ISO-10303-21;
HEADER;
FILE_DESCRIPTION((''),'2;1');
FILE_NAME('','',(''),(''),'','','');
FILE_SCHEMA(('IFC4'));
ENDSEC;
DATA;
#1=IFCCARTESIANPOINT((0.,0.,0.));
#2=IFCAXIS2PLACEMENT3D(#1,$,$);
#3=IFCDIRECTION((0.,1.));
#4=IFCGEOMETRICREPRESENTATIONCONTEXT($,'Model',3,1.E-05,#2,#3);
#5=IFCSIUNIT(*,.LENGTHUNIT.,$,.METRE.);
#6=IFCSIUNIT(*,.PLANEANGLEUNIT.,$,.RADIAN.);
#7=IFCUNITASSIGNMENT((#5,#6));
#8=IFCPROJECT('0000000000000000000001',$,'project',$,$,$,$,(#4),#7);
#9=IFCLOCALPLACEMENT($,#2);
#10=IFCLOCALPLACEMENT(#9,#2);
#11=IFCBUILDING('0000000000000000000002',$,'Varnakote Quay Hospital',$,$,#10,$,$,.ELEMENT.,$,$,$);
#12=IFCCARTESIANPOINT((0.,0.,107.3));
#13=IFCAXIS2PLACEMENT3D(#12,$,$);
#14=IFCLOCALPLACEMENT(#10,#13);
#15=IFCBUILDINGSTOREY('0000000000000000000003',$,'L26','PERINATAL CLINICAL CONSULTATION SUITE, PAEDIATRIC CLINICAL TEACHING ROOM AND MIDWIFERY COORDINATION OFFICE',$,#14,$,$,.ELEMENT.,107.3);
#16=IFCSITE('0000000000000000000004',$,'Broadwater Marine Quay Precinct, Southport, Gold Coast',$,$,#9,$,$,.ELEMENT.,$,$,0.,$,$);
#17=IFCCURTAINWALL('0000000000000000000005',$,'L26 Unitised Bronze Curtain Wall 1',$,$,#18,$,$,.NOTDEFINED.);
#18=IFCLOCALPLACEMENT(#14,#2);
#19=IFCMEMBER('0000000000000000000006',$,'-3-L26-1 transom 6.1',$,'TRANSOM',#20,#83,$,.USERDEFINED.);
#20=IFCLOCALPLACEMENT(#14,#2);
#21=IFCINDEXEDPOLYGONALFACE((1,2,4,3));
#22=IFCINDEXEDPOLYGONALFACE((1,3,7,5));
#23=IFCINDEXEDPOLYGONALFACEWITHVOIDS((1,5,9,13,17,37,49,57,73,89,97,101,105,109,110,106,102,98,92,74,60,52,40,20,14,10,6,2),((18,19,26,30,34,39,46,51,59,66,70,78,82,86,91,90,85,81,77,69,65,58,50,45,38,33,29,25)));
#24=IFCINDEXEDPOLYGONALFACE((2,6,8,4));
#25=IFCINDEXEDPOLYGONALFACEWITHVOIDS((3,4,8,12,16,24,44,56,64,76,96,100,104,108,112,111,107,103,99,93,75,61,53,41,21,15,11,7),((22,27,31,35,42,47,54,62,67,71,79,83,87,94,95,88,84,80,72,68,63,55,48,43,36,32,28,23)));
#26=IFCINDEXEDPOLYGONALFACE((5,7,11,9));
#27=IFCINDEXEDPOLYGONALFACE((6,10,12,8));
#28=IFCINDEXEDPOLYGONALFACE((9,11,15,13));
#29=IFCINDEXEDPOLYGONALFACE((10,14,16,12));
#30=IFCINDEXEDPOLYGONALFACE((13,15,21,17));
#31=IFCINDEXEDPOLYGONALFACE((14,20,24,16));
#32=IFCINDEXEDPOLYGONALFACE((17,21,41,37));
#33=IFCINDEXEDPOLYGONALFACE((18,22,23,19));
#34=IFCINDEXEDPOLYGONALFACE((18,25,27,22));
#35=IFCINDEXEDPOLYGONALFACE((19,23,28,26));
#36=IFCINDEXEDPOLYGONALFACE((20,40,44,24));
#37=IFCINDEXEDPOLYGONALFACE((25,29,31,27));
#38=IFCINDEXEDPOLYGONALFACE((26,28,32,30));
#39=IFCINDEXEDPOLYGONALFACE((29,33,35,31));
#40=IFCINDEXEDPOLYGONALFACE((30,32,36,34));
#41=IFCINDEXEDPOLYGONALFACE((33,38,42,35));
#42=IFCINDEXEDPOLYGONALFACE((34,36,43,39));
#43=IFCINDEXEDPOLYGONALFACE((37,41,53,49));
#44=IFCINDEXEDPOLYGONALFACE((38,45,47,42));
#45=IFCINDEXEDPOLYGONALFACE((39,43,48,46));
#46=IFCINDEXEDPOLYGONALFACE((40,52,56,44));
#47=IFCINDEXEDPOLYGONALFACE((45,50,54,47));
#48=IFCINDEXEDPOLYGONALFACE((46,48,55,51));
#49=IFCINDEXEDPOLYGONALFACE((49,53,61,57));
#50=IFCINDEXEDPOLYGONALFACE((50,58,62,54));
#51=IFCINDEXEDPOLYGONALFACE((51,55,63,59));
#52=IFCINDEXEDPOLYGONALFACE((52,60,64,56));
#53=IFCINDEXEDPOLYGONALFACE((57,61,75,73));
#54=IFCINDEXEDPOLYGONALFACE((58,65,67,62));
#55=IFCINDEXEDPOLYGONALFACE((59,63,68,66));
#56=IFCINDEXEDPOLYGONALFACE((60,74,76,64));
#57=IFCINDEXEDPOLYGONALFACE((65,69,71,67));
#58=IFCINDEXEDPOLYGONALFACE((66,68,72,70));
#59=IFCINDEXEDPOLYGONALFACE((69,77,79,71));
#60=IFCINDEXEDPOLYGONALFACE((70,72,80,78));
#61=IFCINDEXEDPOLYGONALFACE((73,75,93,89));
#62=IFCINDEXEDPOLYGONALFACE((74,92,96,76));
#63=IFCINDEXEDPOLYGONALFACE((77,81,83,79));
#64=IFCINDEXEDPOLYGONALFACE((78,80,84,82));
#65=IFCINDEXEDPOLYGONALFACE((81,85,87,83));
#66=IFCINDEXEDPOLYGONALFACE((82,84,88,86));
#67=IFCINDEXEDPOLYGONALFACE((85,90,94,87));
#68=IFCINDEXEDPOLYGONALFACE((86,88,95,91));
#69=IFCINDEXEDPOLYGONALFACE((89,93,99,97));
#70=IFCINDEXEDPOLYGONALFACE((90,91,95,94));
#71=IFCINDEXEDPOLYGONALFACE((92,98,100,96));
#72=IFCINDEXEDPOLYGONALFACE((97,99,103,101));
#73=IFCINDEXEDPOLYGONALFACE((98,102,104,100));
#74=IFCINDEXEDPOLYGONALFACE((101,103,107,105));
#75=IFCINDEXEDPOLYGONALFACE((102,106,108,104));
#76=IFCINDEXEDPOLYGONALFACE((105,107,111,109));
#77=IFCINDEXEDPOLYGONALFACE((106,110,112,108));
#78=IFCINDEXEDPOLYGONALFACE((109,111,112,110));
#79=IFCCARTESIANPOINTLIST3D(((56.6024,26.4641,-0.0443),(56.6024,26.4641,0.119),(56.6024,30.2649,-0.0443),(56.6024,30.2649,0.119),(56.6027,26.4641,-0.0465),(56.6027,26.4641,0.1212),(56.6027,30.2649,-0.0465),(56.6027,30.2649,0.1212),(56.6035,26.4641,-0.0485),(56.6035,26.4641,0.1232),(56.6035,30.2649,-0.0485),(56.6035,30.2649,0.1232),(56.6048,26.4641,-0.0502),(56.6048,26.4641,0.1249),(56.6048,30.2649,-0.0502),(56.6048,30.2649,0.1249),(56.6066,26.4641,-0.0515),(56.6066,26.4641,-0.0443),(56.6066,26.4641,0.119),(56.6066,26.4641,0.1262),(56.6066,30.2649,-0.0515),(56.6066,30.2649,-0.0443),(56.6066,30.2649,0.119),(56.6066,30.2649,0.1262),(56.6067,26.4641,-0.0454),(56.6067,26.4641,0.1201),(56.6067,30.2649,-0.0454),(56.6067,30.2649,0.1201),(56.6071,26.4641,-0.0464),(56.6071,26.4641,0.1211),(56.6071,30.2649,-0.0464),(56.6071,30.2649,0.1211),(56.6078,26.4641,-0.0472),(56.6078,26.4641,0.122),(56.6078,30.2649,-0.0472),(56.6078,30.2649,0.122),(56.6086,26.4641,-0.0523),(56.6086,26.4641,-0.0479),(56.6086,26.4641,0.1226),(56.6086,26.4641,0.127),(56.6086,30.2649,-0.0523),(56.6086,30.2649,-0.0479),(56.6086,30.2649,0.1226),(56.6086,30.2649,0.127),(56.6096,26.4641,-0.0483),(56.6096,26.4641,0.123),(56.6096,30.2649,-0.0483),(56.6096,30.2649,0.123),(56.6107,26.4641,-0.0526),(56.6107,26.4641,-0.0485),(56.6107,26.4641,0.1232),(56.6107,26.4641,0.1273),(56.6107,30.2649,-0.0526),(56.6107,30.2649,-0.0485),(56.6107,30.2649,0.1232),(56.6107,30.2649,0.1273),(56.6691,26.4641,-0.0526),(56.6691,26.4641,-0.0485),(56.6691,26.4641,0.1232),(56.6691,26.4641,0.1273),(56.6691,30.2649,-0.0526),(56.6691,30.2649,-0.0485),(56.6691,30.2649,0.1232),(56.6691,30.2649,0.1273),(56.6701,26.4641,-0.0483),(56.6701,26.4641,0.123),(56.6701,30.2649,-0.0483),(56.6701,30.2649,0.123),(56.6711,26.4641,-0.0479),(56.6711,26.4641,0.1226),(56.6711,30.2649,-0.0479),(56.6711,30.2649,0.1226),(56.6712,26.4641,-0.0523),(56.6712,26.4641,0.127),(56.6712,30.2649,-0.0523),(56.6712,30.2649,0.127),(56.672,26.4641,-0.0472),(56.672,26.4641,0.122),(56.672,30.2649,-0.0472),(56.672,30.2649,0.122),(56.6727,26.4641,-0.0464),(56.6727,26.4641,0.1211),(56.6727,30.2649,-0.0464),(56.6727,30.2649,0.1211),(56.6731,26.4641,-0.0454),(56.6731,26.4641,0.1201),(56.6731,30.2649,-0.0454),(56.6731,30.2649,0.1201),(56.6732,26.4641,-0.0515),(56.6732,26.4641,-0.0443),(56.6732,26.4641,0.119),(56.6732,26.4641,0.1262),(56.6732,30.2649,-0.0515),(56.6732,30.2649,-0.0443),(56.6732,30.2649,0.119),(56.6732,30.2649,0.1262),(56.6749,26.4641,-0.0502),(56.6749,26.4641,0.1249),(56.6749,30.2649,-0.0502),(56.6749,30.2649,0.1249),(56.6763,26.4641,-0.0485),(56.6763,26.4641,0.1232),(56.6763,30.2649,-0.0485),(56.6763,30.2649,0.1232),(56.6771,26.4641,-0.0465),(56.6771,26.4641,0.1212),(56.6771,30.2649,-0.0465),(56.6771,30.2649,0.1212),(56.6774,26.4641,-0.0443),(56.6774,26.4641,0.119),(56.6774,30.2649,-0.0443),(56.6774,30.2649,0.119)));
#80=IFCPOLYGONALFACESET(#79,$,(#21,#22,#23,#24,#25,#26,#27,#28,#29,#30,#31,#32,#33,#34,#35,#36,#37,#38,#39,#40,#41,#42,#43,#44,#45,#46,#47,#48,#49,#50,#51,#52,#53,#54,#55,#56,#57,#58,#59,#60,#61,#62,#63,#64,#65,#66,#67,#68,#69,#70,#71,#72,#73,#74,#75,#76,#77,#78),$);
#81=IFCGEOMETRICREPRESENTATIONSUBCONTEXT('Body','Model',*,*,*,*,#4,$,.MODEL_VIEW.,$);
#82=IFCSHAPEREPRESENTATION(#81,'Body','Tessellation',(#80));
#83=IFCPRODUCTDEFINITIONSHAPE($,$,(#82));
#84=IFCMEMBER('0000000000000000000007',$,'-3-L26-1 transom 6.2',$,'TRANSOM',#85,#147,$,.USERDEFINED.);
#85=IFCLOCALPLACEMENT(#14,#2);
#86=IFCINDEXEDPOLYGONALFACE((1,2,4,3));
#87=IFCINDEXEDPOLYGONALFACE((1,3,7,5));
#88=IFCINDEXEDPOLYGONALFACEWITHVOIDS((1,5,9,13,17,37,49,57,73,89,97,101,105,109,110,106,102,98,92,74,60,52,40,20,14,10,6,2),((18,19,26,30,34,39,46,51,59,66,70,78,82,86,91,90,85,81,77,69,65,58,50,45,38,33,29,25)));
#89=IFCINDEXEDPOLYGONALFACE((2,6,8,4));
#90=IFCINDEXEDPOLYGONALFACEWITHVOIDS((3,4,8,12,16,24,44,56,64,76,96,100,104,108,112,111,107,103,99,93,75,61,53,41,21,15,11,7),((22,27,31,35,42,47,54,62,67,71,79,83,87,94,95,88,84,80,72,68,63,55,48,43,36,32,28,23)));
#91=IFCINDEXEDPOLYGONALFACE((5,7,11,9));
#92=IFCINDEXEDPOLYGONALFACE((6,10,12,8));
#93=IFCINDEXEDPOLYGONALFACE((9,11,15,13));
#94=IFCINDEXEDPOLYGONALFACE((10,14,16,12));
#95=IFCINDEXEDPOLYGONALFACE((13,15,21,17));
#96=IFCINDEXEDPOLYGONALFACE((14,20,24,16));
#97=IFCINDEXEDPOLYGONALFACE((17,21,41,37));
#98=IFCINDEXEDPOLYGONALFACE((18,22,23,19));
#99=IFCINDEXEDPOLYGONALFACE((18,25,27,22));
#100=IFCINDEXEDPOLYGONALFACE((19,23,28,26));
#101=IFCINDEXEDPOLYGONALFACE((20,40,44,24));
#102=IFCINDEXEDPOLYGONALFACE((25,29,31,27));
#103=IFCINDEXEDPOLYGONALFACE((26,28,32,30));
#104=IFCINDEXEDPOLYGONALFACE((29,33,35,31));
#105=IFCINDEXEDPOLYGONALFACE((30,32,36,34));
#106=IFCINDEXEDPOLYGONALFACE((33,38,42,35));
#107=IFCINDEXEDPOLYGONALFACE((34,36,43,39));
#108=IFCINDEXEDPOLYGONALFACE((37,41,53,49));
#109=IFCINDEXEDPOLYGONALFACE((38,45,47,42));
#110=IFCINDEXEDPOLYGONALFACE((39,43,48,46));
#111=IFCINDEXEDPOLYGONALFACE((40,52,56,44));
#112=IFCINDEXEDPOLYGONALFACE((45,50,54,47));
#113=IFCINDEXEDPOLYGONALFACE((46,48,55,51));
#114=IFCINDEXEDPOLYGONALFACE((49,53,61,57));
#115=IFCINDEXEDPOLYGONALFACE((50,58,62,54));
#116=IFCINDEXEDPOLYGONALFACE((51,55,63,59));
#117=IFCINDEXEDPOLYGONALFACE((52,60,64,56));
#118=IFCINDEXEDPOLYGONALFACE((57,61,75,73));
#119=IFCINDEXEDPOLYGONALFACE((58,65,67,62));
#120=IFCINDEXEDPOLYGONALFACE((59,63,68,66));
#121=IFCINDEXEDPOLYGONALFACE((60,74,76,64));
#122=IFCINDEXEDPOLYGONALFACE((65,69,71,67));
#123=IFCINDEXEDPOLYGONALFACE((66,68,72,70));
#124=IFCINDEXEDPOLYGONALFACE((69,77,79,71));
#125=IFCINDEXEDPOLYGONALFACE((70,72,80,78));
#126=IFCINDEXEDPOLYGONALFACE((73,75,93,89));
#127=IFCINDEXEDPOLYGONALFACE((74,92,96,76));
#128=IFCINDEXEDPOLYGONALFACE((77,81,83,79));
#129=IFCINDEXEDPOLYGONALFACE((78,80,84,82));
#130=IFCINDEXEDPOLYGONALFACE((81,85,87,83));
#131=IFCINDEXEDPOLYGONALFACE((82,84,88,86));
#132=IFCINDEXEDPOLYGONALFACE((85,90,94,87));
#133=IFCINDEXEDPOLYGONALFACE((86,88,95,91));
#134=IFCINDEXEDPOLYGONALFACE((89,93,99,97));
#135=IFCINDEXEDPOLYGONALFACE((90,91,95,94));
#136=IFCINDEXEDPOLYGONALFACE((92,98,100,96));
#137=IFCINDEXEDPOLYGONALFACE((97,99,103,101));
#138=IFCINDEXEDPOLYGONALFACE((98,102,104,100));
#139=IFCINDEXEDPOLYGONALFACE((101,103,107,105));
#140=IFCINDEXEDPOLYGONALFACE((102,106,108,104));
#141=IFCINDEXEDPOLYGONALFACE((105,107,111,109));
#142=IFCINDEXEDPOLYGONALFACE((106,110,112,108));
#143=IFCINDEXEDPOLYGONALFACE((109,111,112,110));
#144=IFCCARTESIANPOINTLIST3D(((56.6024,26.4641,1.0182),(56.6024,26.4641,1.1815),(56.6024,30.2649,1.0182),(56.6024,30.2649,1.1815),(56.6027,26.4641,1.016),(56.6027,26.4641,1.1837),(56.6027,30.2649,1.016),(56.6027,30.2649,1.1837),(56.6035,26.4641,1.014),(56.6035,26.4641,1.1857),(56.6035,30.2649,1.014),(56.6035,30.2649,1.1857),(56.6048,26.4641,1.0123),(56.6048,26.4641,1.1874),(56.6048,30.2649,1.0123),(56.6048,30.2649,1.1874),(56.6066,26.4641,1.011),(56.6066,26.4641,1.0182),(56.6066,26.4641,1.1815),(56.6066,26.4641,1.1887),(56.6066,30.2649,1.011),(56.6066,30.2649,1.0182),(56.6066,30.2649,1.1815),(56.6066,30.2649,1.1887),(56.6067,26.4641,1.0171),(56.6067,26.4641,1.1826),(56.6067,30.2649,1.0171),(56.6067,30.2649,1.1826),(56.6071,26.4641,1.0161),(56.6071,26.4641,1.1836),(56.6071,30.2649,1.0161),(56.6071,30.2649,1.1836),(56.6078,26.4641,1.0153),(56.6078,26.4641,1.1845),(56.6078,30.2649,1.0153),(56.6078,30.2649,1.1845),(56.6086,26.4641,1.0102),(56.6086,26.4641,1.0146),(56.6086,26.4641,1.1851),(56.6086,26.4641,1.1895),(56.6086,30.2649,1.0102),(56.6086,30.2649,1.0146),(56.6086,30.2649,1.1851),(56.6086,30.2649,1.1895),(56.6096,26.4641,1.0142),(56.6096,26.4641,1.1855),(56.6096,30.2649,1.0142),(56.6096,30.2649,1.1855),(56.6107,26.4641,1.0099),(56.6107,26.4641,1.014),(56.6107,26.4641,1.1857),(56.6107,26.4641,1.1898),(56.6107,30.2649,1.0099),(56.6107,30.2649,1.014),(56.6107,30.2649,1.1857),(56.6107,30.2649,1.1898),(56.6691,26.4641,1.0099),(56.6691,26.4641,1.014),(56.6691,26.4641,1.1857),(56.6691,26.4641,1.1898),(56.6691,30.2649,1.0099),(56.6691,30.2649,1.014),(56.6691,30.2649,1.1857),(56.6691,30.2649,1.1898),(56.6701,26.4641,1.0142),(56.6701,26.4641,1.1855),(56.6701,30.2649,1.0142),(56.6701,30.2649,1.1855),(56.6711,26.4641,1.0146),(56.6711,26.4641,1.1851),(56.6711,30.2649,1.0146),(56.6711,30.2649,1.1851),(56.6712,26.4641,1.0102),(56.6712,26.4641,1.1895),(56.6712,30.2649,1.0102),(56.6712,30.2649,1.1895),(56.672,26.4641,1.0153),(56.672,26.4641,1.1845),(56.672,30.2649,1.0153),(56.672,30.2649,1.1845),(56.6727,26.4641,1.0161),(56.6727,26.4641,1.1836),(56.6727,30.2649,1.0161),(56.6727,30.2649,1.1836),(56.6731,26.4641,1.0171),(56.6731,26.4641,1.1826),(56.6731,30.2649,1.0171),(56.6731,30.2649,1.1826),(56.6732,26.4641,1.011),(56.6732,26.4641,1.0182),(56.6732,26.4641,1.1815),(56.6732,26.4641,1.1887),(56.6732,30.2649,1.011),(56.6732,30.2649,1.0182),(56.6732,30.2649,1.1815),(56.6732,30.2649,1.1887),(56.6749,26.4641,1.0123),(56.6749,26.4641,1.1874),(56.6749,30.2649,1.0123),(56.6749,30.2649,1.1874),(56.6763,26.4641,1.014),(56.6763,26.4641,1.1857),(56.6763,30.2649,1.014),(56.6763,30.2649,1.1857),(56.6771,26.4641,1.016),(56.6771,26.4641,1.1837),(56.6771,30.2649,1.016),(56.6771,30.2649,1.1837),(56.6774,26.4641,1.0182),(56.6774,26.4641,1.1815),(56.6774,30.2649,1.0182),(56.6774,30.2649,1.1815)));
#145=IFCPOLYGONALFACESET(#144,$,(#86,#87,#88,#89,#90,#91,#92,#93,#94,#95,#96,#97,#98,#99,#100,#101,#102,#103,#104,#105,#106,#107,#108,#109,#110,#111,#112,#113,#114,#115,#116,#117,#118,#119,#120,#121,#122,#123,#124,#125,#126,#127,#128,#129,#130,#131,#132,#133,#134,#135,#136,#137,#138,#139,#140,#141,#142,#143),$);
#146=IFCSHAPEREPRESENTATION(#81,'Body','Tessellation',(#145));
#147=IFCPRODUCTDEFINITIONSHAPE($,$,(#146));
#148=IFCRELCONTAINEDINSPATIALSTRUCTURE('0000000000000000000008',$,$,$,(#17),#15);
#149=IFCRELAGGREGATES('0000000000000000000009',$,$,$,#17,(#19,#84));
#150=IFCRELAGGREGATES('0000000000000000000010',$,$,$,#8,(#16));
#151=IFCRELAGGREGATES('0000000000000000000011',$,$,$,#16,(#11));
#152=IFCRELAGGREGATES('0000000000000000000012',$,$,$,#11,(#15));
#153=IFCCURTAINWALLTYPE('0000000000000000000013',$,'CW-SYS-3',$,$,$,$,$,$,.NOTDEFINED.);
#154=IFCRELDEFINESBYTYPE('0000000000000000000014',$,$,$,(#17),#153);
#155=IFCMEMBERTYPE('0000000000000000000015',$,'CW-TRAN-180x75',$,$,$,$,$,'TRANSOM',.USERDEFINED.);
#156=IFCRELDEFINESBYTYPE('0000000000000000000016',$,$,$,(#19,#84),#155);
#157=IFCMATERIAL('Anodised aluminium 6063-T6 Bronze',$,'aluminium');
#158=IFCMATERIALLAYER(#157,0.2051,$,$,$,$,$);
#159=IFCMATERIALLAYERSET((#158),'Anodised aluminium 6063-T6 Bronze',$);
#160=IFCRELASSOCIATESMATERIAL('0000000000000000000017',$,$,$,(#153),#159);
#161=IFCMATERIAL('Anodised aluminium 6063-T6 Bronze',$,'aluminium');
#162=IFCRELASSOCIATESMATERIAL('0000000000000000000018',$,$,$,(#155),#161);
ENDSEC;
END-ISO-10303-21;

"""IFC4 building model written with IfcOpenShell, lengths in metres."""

from ifc_helpers import new_model, si_unit, direction, frame, origin, origin_2d, place, context, subcontext, project, spatial, hollow_rectangle, extrude, material, layer, layer_set, material_profile, profile_set, type_object, element, aggregate, save


model = new_model("IFC4")

# Units and contexts
model_context = context("Model", 3, precision=1e-05, world=origin(), true_north=direction((0.0, 1.0)))
body_context = subcontext(model_context, "Body", "Model", "MODEL_VIEW")
ifc_project = project(units=[si_unit("LENGTHUNIT", "METRE"), si_unit("PLANEANGLEUNIT", "RADIAN")], contexts=[model_context])

# Site, building, storey
site_placement = place(None, origin())
site = spatial("IfcSite", under=ifc_project, at=site_placement, Name="Broadwater Marine Quay Precinct, Southport, Gold Coast", CompositionType="ELEMENT", RefElevation=0.0)
building_placement = place(site_placement, origin())
building = spatial("IfcBuilding", under=site, at=building_placement, Name="Varnakote Quay Hospital", CompositionType="ELEMENT")
storey_placement = place(building_placement, frame((0.0, 0.0, 107.3)))
storey = spatial("IfcBuildingStorey", under=building, at=storey_placement, Name="L26", Description="PERINATAL CLINICAL CONSULTATION SUITE, PAEDIATRIC CLINICAL TEACHING ROOM AND MIDWIFERY COORDINATION OFFICE", CompositionType="ELEMENT", Elevation=107.3)

# Curtain wall, members
ifc_material_1 = material(Name="Anodised aluminium 6063-T6 Bronze", Category="aluminium")
ifc_layer_1 = layer(ifc_material_1, 0.2051)
ifc_layer_set_1 = layer_set([ifc_layer_1], Name="Anodised aluminium 6063-T6 Bronze")
curtain_wall_type = type_object("IfcCurtainWallType", Name="CW-SYS-3", PredefinedType="NOTDEFINED", material=ifc_layer_set_1)
curtain_wall_placement = place(storey_placement, origin())
curtain_wall = element("IfcCurtainWall", 1, at=curtain_wall_placement, inside=storey, type_object=curtain_wall_type, Name="L26 Unitised Bronze Curtain Wall 1", PredefinedType="NOTDEFINED")
ifc_material_2 = material(Name="Anodised aluminium 6063-T6 Bronze", Category="aluminium")
ifc_material_profile_1 = material_profile(ifc_material_2, hollow_rectangle(XDim=0.075, YDim=0.1799, WallThickness=0.0042, InnerFilletRadius=0.0042, OuterFilletRadius=0.0083, at=origin_2d()), Name="CW-TRAN-180x75")
ifc_profile_set_1 = profile_set([ifc_material_profile_1], Name="Anodised aluminium 6063-T6 Bronze")
member_type_1 = type_object("IfcMemberType", Name="CW-TRAN-180x75", ElementType="TRANSOM", PredefinedType="USERDEFINED", material=ifc_profile_set_1)
member_1_placement = place(storey_placement, frame((56.6399, 26.4641, 0.0374), z_axis=(0.0, 1.0, 0.0), x_axis=(-1.0, 0.0, 0.0)))
member_1 = element("IfcMember", 2, at=member_1_placement, type_object=member_type_1, Name="-3-L26-1 transom 6.1", ObjectType="TRANSOM", PredefinedType="USERDEFINED", context=body_context, shape_type="SweptSolid", body=[
    extrude(hollow_rectangle(XDim=0.075, YDim=0.1799, WallThickness=0.0042, InnerFilletRadius=0.0042, OuterFilletRadius=0.0083, at=origin_2d()), origin(), (0.0, 0.0, 1.0), 3.8008),
])
member_2_placement = place(storey_placement, frame((56.6399, 26.4641, 1.0999), z_axis=(0.0, 1.0, 0.0), x_axis=(-1.0, 0.0, 0.0)))
member_2 = element("IfcMember", 3, at=member_2_placement, type_object=member_type_1, Name="-3-L26-1 transom 6.2", ObjectType="TRANSOM", PredefinedType="USERDEFINED", context=body_context, shape_type="SweptSolid", body=[
    extrude(hollow_rectangle(XDim=0.075, YDim=0.1799, WallThickness=0.0042, InnerFilletRadius=0.0042, OuterFilletRadius=0.0083, at=origin_2d()), origin(), (0.0, 0.0, 1.0), 3.8008),
])
aggregate(curtain_wall, [member_1, member_2])

save(model, "model.ifc")
